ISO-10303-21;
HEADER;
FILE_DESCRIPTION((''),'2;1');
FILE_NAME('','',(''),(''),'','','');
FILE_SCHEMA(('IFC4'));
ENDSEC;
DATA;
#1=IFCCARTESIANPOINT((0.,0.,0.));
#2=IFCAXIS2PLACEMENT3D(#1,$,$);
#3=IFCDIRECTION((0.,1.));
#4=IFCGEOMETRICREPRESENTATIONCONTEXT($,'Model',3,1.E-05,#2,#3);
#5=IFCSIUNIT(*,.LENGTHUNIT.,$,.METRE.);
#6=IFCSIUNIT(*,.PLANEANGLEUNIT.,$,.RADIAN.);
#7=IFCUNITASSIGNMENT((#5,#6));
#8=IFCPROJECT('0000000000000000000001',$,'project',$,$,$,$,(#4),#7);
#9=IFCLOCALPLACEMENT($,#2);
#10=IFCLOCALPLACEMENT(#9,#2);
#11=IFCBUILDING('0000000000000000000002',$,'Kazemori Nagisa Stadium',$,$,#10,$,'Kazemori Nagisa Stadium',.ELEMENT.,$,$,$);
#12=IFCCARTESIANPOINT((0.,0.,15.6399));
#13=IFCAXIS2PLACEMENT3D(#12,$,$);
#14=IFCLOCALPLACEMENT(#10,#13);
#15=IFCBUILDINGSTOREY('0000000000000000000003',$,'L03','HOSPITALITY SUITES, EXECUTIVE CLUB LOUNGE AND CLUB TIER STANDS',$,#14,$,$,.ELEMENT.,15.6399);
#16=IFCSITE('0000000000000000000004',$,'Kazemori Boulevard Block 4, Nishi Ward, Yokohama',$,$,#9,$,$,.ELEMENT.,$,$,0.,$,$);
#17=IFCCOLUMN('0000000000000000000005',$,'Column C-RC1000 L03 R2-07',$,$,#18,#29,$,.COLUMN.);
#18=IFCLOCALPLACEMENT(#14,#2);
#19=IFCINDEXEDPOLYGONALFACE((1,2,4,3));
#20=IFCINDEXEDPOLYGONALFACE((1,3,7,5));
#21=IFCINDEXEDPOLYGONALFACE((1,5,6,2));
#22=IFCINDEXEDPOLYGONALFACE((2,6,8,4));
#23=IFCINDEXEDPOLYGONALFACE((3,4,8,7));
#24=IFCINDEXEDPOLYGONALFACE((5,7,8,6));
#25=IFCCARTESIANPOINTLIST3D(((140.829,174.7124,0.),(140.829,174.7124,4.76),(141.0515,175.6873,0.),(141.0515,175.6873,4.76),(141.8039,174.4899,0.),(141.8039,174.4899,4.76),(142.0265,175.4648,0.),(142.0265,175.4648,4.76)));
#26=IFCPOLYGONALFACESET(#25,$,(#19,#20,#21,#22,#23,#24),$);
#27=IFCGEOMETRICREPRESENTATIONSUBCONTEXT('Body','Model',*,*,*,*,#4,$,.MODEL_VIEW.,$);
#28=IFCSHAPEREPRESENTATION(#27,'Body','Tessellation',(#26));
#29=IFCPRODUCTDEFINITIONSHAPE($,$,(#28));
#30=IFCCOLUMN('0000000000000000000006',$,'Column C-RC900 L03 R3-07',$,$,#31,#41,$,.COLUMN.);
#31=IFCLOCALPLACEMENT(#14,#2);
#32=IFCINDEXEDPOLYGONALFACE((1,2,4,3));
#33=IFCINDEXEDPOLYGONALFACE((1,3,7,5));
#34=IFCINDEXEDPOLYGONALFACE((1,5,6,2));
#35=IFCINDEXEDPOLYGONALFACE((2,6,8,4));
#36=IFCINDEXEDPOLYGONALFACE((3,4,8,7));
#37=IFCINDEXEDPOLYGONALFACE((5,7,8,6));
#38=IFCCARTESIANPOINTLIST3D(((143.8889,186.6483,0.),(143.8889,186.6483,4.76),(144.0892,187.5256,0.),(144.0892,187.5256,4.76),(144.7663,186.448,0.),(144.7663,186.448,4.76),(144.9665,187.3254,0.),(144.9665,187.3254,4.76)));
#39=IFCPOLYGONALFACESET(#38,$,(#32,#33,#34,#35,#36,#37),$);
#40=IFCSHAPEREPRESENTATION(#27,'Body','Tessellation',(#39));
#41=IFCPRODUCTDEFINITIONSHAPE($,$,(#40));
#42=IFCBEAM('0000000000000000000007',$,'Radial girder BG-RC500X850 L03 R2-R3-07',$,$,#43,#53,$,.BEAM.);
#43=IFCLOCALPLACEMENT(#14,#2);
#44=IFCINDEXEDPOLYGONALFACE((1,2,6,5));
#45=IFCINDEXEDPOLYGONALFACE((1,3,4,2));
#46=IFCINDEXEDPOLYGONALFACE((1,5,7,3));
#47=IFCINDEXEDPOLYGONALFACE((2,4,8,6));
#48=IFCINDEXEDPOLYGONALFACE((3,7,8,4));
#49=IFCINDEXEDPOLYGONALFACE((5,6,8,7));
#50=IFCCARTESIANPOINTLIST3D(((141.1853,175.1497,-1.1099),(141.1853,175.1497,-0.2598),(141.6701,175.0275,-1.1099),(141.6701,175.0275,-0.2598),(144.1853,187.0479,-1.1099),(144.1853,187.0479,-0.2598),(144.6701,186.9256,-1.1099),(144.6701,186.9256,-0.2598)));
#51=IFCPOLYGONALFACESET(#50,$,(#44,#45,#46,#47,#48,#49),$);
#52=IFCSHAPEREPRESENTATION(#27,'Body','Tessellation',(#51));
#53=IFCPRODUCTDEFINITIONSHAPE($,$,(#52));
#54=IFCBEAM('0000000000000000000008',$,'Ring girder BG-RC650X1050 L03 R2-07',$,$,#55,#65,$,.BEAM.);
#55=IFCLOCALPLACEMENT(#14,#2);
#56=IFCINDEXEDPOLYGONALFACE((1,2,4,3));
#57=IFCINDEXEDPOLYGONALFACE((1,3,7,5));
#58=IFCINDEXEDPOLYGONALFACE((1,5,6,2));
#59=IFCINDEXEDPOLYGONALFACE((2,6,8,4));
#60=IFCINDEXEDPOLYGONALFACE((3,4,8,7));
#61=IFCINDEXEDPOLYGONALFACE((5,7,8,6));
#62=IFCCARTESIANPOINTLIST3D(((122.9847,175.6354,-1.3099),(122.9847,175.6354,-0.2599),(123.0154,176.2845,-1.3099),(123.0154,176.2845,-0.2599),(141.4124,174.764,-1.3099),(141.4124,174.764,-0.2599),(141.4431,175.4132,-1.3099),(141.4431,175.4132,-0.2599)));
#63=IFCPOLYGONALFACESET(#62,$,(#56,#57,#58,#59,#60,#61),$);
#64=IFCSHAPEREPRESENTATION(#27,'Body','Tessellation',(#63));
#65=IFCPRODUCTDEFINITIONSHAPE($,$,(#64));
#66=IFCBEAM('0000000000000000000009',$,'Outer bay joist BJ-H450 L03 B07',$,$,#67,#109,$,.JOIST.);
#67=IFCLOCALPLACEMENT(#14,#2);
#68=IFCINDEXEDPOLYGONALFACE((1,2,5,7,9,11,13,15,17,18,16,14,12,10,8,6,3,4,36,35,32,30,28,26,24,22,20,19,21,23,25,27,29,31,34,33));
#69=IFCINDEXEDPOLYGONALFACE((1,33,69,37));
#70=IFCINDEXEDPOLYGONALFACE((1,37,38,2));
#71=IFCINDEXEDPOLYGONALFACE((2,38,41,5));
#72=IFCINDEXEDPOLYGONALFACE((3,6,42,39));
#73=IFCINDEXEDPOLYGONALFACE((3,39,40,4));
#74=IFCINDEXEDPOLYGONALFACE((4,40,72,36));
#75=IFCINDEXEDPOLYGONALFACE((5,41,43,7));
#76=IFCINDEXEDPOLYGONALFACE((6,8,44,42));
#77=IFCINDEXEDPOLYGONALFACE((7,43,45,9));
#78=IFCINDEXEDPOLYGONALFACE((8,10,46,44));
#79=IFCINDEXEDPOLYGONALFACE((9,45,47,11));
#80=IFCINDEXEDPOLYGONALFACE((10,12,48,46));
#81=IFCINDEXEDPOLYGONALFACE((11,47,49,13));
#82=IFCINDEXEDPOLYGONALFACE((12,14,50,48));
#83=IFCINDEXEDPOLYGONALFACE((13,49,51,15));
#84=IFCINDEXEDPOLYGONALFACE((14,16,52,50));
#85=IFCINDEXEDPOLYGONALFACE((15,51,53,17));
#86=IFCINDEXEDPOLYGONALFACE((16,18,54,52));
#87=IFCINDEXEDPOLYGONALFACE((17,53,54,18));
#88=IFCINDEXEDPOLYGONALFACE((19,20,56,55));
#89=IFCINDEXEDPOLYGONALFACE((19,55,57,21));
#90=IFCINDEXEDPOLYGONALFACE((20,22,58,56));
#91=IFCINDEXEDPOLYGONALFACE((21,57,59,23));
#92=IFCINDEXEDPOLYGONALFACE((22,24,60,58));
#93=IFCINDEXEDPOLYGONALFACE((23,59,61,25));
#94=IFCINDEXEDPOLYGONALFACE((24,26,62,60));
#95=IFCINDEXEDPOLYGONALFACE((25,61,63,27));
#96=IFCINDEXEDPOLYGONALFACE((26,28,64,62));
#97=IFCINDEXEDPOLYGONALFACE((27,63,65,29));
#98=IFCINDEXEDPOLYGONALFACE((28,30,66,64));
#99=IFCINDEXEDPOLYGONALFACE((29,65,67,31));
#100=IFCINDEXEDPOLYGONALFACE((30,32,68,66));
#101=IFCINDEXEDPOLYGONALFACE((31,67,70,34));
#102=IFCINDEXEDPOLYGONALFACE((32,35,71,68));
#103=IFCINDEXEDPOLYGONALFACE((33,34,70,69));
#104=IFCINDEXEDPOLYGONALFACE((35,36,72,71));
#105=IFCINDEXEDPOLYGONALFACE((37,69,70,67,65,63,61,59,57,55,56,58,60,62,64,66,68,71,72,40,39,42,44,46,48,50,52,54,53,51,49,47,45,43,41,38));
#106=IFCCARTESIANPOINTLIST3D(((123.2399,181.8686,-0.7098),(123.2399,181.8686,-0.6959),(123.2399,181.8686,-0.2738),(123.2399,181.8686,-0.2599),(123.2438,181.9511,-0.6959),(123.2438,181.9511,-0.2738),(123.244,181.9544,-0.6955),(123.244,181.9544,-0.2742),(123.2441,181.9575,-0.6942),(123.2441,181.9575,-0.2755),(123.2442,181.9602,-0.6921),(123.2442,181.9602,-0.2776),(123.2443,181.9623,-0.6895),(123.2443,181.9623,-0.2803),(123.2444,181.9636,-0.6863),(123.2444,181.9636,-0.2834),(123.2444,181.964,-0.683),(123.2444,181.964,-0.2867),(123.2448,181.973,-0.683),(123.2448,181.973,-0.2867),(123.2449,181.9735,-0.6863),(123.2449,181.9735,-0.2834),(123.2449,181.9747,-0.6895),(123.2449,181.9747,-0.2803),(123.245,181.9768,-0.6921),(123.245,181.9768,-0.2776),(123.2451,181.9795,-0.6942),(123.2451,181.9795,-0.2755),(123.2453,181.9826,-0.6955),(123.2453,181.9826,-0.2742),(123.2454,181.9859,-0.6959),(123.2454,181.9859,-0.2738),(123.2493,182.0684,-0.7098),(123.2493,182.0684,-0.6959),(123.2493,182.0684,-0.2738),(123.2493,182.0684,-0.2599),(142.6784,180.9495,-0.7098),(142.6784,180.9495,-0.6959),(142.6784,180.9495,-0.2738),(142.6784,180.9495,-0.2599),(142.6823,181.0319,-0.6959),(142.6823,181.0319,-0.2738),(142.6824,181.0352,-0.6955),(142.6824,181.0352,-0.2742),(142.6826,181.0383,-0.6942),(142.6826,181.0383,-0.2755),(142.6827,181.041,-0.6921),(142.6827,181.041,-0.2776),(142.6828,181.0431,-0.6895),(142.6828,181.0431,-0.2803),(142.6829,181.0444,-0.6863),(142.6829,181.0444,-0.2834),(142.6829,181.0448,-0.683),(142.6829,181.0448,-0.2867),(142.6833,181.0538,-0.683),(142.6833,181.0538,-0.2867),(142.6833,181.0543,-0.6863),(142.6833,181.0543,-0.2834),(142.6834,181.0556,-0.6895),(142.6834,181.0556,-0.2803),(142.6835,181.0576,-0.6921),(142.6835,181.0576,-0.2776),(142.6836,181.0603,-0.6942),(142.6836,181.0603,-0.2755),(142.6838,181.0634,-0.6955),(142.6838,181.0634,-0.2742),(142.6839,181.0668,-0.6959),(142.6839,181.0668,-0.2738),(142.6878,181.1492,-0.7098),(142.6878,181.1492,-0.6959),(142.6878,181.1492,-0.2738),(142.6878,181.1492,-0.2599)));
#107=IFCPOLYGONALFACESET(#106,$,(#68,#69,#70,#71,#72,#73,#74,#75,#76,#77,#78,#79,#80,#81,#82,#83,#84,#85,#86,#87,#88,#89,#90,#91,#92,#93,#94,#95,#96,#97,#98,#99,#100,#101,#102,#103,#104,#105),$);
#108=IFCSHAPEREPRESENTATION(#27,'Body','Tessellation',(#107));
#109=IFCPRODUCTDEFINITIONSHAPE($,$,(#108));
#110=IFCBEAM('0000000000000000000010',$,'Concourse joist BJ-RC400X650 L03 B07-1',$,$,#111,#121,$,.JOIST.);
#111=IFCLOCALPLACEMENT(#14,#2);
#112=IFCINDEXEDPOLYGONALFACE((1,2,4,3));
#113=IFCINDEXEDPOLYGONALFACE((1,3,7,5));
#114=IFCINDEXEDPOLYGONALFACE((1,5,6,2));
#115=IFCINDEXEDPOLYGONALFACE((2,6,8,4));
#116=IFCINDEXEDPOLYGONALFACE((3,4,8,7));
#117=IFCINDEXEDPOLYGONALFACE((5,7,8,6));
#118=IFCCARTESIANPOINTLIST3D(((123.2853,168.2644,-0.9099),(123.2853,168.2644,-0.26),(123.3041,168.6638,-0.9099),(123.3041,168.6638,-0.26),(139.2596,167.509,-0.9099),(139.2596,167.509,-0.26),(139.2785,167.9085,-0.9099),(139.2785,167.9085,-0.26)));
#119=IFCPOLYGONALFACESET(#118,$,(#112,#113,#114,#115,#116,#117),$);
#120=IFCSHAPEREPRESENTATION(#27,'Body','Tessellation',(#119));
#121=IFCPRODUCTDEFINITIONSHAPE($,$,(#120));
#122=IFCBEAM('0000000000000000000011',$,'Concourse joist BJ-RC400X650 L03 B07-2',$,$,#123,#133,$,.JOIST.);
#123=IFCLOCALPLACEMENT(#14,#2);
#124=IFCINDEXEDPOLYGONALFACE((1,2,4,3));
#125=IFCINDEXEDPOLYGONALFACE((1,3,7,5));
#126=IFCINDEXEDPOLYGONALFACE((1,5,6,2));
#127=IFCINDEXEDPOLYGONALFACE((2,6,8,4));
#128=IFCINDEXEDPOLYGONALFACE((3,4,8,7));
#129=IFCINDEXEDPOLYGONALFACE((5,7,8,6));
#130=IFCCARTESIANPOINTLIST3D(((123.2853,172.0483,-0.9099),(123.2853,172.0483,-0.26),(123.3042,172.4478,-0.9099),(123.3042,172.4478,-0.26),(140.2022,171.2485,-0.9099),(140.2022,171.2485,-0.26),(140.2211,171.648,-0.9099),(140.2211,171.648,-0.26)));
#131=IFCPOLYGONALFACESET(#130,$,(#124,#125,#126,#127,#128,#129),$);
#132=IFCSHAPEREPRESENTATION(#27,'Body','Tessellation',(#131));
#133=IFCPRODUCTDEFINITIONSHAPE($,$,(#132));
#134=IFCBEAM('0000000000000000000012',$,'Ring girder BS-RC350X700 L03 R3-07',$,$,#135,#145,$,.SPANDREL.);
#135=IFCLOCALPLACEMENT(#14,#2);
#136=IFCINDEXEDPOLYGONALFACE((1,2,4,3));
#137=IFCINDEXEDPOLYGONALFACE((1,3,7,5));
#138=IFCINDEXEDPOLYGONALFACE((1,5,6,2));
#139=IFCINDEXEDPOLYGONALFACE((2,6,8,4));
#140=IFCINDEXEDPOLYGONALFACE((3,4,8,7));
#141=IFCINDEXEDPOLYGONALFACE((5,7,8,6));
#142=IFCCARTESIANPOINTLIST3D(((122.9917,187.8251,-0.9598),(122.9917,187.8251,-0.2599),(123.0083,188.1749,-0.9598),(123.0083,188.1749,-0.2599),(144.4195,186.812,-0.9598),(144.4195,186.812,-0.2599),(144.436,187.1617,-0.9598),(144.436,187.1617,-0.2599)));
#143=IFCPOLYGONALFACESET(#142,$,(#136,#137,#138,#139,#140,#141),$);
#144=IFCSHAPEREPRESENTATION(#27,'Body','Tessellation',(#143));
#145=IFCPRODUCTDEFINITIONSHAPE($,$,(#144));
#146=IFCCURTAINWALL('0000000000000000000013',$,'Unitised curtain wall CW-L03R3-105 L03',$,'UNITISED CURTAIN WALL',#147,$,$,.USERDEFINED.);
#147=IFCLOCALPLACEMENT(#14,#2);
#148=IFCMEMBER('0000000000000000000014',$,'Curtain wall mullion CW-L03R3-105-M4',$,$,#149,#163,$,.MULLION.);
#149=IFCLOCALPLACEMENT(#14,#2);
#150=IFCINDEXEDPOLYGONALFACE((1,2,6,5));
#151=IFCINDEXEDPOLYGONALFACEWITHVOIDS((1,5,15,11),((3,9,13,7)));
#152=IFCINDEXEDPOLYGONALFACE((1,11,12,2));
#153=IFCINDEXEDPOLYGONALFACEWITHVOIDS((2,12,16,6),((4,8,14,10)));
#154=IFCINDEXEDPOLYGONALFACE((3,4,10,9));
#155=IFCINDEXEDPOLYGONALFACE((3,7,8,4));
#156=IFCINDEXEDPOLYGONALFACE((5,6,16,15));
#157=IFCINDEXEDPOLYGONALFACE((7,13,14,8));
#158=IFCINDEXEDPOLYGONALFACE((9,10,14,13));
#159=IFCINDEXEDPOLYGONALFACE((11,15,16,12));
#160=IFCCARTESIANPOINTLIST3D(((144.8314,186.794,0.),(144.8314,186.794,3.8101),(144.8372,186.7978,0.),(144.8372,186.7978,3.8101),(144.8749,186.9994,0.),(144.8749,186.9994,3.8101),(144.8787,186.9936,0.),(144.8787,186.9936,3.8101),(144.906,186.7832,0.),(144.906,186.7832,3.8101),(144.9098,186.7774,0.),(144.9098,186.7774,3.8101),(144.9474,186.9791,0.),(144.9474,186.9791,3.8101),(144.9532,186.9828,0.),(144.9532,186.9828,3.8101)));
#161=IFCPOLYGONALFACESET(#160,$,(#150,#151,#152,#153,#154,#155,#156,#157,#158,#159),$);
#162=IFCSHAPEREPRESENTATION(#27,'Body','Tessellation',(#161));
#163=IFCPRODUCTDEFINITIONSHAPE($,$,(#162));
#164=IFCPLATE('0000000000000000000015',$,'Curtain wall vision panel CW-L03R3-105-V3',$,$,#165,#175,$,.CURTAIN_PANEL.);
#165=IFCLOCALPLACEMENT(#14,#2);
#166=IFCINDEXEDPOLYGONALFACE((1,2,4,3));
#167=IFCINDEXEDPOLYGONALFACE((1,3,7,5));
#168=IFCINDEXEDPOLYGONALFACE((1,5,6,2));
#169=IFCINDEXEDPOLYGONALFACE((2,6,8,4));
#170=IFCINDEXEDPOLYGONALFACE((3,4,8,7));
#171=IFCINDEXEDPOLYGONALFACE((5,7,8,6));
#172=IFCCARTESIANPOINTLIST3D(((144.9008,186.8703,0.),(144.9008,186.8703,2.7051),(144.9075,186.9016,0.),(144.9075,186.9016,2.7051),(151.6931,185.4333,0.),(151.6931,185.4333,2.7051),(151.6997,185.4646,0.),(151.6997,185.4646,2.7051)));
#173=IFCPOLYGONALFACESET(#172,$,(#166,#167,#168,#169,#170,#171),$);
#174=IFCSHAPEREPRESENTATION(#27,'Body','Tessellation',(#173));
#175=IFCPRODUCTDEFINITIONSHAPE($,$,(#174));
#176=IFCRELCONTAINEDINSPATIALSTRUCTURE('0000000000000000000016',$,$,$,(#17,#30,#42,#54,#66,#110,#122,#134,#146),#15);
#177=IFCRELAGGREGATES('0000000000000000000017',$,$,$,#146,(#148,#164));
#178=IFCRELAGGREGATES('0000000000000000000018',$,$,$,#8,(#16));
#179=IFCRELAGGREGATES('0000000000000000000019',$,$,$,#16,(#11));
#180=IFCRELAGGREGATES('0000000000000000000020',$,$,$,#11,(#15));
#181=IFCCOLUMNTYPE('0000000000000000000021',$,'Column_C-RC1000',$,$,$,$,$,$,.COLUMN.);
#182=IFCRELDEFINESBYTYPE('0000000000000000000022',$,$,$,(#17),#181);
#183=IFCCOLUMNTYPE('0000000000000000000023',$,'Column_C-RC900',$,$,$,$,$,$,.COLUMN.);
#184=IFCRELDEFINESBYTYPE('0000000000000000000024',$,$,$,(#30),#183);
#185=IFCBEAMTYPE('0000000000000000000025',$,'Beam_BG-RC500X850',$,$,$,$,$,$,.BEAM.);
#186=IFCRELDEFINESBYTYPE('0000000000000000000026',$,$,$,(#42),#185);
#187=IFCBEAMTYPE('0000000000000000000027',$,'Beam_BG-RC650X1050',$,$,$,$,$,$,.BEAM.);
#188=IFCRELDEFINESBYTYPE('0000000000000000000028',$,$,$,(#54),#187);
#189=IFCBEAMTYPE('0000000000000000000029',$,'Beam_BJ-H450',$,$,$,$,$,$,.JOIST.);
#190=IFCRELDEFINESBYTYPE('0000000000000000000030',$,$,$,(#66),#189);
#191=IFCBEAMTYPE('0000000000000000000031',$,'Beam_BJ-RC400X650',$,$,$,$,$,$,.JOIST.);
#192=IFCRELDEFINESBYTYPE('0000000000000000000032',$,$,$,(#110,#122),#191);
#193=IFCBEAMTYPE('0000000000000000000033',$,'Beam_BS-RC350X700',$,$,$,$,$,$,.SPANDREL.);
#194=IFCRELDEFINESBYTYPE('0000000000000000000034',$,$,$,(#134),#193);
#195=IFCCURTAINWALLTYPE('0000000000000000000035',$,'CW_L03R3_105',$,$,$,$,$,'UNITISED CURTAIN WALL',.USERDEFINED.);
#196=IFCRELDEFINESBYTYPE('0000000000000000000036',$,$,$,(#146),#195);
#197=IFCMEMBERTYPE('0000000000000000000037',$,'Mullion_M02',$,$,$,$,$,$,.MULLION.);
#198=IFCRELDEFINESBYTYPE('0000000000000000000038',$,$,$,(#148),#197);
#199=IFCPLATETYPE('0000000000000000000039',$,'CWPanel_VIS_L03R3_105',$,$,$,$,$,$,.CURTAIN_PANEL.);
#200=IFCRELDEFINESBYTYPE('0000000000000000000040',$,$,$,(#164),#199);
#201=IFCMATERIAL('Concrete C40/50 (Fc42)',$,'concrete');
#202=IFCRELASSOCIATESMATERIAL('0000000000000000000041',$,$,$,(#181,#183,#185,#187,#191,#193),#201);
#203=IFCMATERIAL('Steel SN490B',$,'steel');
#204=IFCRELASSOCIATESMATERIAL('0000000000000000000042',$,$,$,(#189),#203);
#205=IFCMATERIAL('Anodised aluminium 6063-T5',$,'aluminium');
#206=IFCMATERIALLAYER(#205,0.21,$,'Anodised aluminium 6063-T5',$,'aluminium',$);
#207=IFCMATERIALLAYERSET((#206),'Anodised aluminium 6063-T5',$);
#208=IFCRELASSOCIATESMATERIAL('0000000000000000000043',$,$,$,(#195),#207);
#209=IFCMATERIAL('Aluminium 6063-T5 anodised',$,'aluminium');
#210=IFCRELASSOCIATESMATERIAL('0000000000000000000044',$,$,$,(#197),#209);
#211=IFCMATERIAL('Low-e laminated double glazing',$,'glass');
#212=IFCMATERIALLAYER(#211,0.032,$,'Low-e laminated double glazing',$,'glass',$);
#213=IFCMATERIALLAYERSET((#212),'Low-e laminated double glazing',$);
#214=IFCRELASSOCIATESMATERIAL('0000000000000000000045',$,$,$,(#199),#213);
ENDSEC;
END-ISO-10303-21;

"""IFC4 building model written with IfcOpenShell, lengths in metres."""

from ifc_helpers import new_model, si_unit, direction, frame, origin, origin_2d, place, context, subcontext, project, spatial, rectangle, hollow_rectangle, i_section, extrude, material, layer, layer_set, material_profile, profile_set, type_object, element, aggregate, save


model = new_model("IFC4")

# Units and contexts
model_context = context("Model", 3, precision=1e-05, world=origin(), true_north=direction((0.0, 1.0)))
body_context = subcontext(model_context, "Body", "Model", "MODEL_VIEW")
ifc_project = project(units=[si_unit("LENGTHUNIT", "METRE"), si_unit("PLANEANGLEUNIT", "RADIAN")], contexts=[model_context])

# Site, building, storey
site_placement = place(None, origin())
site = spatial("IfcSite", under=ifc_project, at=site_placement, Name="Kazemori Boulevard Block 4, Nishi Ward, Yokohama", CompositionType="ELEMENT", RefElevation=0.0)
building_placement = place(site_placement, origin())
building = spatial("IfcBuilding", under=site, at=building_placement, Name="Kazemori Nagisa Stadium", LongName="Kazemori Nagisa Stadium", CompositionType="ELEMENT")
storey_placement = place(building_placement, frame((0.0, 0.0, 15.6399)))
storey = spatial("IfcBuildingStorey", under=building, at=storey_placement, Name="L03", Description="HOSPITALITY SUITES, EXECUTIVE CLUB LOUNGE AND CLUB TIER STANDS", CompositionType="ELEMENT", Elevation=15.6399)

# Columns
ifc_material_1 = material(Name="Concrete C40/50 (Fc42)", Category="concrete")
ifc_material_profile_1 = material_profile(ifc_material_1, rectangle(XDim=1.0, YDim=1.0, at=origin_2d()), Name="RC-COL-1000x1000")
ifc_profile_set_1 = profile_set([ifc_material_profile_1], Name="Concrete C40/50 (Fc42)")
column_type_1 = type_object("IfcColumnType", Name="Column_C-RC1000", PredefinedType="COLUMN", material=ifc_profile_set_1)
column_1_placement = place(storey_placement, frame((141.4277, 175.0886, 0.0), z_axis=(0.0, 0.0, 1.0), x_axis=(0.222521, 0.974928, 0.0)))
element("IfcColumn", 1, at=column_1_placement, inside=storey, type_object=column_type_1, Name="Column C-RC1000 L03 R2-07", PredefinedType="COLUMN", context=body_context, shape_type="SweptSolid", body=[
    extrude(rectangle(XDim=1.0, YDim=1.0, at=origin_2d()), origin(), (0.0, 0.0, 1.0), 4.76),
])
ifc_material_profile_2 = material_profile(ifc_material_1, rectangle(XDim=0.8999, YDim=0.8999, at=origin_2d()), Name="RC-COL-900x900")
ifc_profile_set_2 = profile_set([ifc_material_profile_2], Name="Concrete C40/50 (Fc42)")
column_type_2 = type_object("IfcColumnType", Name="Column_C-RC900", PredefinedType="COLUMN", material=ifc_profile_set_2)
column_2_placement = place(storey_placement, frame((144.4277, 186.9868, 0.0), z_axis=(0.0, 0.0, 1.0), x_axis=(0.222521, 0.974928, 0.0)))
element("IfcColumn", 2, at=column_2_placement, inside=storey, type_object=column_type_2, Name="Column C-RC900 L03 R3-07", PredefinedType="COLUMN", context=body_context, shape_type="SweptSolid", body=[
    extrude(rectangle(XDim=0.8999, YDim=0.8999, at=origin_2d()), origin(), (0.0, 0.0, 1.0), 4.76),
])

# Beams
ifc_material_profile_3 = material_profile(ifc_material_1, rectangle(XDim=0.5, YDim=0.8501, at=origin_2d()), Name="RC-BM-500x850")
ifc_profile_set_3 = profile_set([ifc_material_profile_3], Name="Concrete C40/50 (Fc42)")
beam_type_1 = type_object("IfcBeamType", Name="Beam_BG-RC500X850", PredefinedType="BEAM", material=ifc_profile_set_3)
beam_1_placement = place(storey_placement, frame((141.4277, 175.0886, -0.6848), z_axis=(0.244487, 0.969652, 0.0), x_axis=(-0.969652, 0.244487, 0.0)))
element("IfcBeam", 3, at=beam_1_placement, inside=storey, type_object=beam_type_1, Name="Radial girder BG-RC500X850 L03 R2-R3-07", PredefinedType="BEAM", context=body_context, shape_type="SweptSolid", body=[
    extrude(rectangle(XDim=0.5, YDim=0.8501, at=origin_2d()), origin(), (0.0, 0.0, 1.0), 12.2705),
])
ifc_material_profile_4 = material_profile(ifc_material_1, rectangle(XDim=0.6499, YDim=1.05, at=origin_2d()), Name="RC-BM-650x1050")
ifc_profile_set_4 = profile_set([ifc_material_profile_4], Name="Concrete C40/50 (Fc42)")
beam_type_2 = type_object("IfcBeamType", Name="Beam_BG-RC650X1050", PredefinedType="BEAM", material=ifc_profile_set_4)
beam_2_placement = place(storey_placement, frame((141.4277, 175.0886, -0.7849), z_axis=(-0.998884, 0.047231, 0.0), x_axis=(-0.047231, -0.998884, 0.0)))
element("IfcBeam", 4, at=beam_2_placement, inside=storey, type_object=beam_type_2, Name="Ring girder BG-RC650X1050 L03 R2-07", PredefinedType="BEAM", context=body_context, shape_type="SweptSolid", body=[
    extrude(rectangle(XDim=0.6499, YDim=1.05, at=origin_2d()), origin(), (0.0, 0.0, 1.0), 18.4482),
])
ifc_material_2 = material(Name="Steel SN490B", Category="steel")
ifc_material_profile_5 = material_profile(ifc_material_2, i_section(OverallWidth=0.2, OverallDepth=0.45, WebThickness=0.009, FlangeThickness=0.0139, FilletRadius=0.0129, at=origin_2d()), Name="H-450x200x9x14")
ifc_profile_set_5 = profile_set([ifc_material_profile_5], Name="Steel SN490B")
beam_type_3 = type_object("IfcBeamType", Name="Beam_BJ-H450", PredefinedType="JOIST", material=ifc_profile_set_5)
beam_3_placement = place(storey_placement, frame((142.6831, 181.0493, -0.4849), z_axis=(-0.998884, 0.047234, 0.0), x_axis=(-0.047234, -0.998884, 0.0)))
element("IfcBeam", 5, at=beam_3_placement, inside=storey, type_object=beam_type_3, Name="Outer bay joist BJ-H450 L03 B07", PredefinedType="JOIST", context=body_context, shape_type="SweptSolid", body=[
    extrude(i_section(OverallWidth=0.2, OverallDepth=0.45, WebThickness=0.009, FlangeThickness=0.0139, FilletRadius=0.0129, at=origin_2d()), origin(), (0.0, 0.0, 1.0), 19.4602),
])
ifc_material_profile_6 = material_profile(ifc_material_1, rectangle(XDim=0.3999, YDim=0.6499, at=origin_2d()), Name="RC-BM-400x650")
ifc_profile_set_6 = profile_set([ifc_material_profile_6], Name="Concrete C40/50 (Fc42)")
beam_type_4 = type_object("IfcBeamType", Name="Beam_BJ-RC400X650", PredefinedType="JOIST", material=ifc_profile_set_6)
beam_4_placement = place(storey_placement, frame((139.269, 167.7087, -0.585), z_axis=(-0.998884, 0.047234, 0.0), x_axis=(-0.047234, -0.998884, 0.0)))
element("IfcBeam", 6, at=beam_4_placement, inside=storey, type_object=beam_type_4, Name="Concourse joist BJ-RC400X650 L03 B07-1", PredefinedType="JOIST", context=body_context, shape_type="SweptSolid", body=[
    extrude(rectangle(XDim=0.3999, YDim=0.6499, at=origin_2d()), origin(), (0.0, 0.0, 1.0), 15.9922),
])
beam_5_placement = place(storey_placement, frame((140.2117, 171.4482, -0.585), z_axis=(-0.998884, 0.047225, 0.0), x_axis=(-0.047225, -0.998884, 0.0)))
element("IfcBeam", 7, at=beam_5_placement, inside=storey, type_object=beam_type_4, Name="Concourse joist BJ-RC400X650 L03 B07-2", PredefinedType="JOIST", context=body_context, shape_type="SweptSolid", body=[
    extrude(rectangle(XDim=0.3999, YDim=0.6499, at=origin_2d()), origin(), (0.0, 0.0, 1.0), 16.9358),
])
ifc_material_profile_7 = material_profile(ifc_material_1, rectangle(XDim=0.3501, YDim=0.7, at=origin_2d()), Name="RC-SP-350x700")
ifc_profile_set_7 = profile_set([ifc_material_profile_7], Name="Concrete C40/50 (Fc42)")
beam_type_5 = type_object("IfcBeamType", Name="Beam_BS-RC350X700", PredefinedType="SPANDREL", material=ifc_profile_set_7)
beam_6_placement = place(storey_placement, frame((144.4277, 186.9868, -0.6099), z_axis=(-0.998884, 0.047231, 0.0), x_axis=(-0.047231, -0.998884, 0.0)))
element("IfcBeam", 8, at=beam_6_placement, inside=storey, type_object=beam_type_5, Name="Ring girder BS-RC350X700 L03 R3-07", PredefinedType="SPANDREL", context=body_context, shape_type="SweptSolid", body=[
    extrude(rectangle(XDim=0.3501, YDim=0.7, at=origin_2d()), origin(), (0.0, 0.0, 1.0), 21.4517),
])

# Curtain wall, member, plate
ifc_material_3 = material(Name="Anodised aluminium 6063-T5", Category="aluminium")
ifc_layer_1 = layer(ifc_material_3, 0.21, Name="Anodised aluminium 6063-T5", Category="aluminium")
ifc_layer_set_1 = layer_set([ifc_layer_1], Name="Anodised aluminium 6063-T5")
curtain_wall_type = type_object("IfcCurtainWallType", Name="CW_L03R3_105", ElementType="UNITISED CURTAIN WALL", PredefinedType="USERDEFINED", material=ifc_layer_set_1)
curtain_wall_placement = place(storey_placement, origin())
curtain_wall = element("IfcCurtainWall", 9, at=curtain_wall_placement, inside=storey, type_object=curtain_wall_type, Name="Unitised curtain wall CW-L03R3-105 L03", ObjectType="UNITISED CURTAIN WALL", PredefinedType="USERDEFINED")
ifc_material_4 = material(Name="Aluminium 6063-T5 anodised", Category="aluminium")
ifc_material_profile_8 = material_profile(ifc_material_4, hollow_rectangle(XDim=0.0801, YDim=0.21, WallThickness=0.0049, at=origin_2d()), Name="ALU-MULL-80x210x5")
ifc_profile_set_8 = profile_set([ifc_material_profile_8], Name="Aluminium 6063-T5 anodised")
member_type = type_object("IfcMemberType", Name="Mullion_M02", PredefinedType="MULLION", material=ifc_profile_set_8)
member_placement = place(storey_placement, frame((144.8923, 186.8884, 0.0), z_axis=(0.0, 0.0, 1.0), x_axis=(-0.978345, 0.206981, 0.0)))
member = element("IfcMember", 10, at=member_placement, type_object=member_type, Name="Curtain wall mullion CW-L03R3-105-M4", PredefinedType="MULLION", context=body_context, shape_type="SweptSolid", body=[
    extrude(hollow_rectangle(XDim=0.0801, YDim=0.21, WallThickness=0.0049, at=origin_2d()), origin(), (0.0, 0.0, 1.0), 3.8101),
])
ifc_material_5 = material(Name="Low-e laminated double glazing", Category="glass")
ifc_layer_2 = layer(ifc_material_5, 0.032, Name="Low-e laminated double glazing", Category="glass")
ifc_layer_set_2 = layer_set([ifc_layer_2], Name="Low-e laminated double glazing")
plate_type = type_object("IfcPlateType", Name="CWPanel_VIS_L03R3_105", PredefinedType="CURTAIN_PANEL", material=ifc_layer_set_2)
plate_placement = place(storey_placement, frame((148.3003, 186.1675, 0.0), z_axis=(0.0, 0.0, 1.0), x_axis=(-0.978345, 0.206981, 0.0)))
plate = element("IfcPlate", 11, at=plate_placement, type_object=plate_type, Name="Curtain wall vision panel CW-L03R3-105-V3", PredefinedType="CURTAIN_PANEL", context=body_context, shape_type="SweptSolid", body=[
    extrude(rectangle(XDim=6.9426, YDim=0.032, at=origin_2d()), origin(), (0.0, 0.0, 1.0), 2.7051),
])
aggregate(curtain_wall, [member, plate])

save(model, "model.ifc")
